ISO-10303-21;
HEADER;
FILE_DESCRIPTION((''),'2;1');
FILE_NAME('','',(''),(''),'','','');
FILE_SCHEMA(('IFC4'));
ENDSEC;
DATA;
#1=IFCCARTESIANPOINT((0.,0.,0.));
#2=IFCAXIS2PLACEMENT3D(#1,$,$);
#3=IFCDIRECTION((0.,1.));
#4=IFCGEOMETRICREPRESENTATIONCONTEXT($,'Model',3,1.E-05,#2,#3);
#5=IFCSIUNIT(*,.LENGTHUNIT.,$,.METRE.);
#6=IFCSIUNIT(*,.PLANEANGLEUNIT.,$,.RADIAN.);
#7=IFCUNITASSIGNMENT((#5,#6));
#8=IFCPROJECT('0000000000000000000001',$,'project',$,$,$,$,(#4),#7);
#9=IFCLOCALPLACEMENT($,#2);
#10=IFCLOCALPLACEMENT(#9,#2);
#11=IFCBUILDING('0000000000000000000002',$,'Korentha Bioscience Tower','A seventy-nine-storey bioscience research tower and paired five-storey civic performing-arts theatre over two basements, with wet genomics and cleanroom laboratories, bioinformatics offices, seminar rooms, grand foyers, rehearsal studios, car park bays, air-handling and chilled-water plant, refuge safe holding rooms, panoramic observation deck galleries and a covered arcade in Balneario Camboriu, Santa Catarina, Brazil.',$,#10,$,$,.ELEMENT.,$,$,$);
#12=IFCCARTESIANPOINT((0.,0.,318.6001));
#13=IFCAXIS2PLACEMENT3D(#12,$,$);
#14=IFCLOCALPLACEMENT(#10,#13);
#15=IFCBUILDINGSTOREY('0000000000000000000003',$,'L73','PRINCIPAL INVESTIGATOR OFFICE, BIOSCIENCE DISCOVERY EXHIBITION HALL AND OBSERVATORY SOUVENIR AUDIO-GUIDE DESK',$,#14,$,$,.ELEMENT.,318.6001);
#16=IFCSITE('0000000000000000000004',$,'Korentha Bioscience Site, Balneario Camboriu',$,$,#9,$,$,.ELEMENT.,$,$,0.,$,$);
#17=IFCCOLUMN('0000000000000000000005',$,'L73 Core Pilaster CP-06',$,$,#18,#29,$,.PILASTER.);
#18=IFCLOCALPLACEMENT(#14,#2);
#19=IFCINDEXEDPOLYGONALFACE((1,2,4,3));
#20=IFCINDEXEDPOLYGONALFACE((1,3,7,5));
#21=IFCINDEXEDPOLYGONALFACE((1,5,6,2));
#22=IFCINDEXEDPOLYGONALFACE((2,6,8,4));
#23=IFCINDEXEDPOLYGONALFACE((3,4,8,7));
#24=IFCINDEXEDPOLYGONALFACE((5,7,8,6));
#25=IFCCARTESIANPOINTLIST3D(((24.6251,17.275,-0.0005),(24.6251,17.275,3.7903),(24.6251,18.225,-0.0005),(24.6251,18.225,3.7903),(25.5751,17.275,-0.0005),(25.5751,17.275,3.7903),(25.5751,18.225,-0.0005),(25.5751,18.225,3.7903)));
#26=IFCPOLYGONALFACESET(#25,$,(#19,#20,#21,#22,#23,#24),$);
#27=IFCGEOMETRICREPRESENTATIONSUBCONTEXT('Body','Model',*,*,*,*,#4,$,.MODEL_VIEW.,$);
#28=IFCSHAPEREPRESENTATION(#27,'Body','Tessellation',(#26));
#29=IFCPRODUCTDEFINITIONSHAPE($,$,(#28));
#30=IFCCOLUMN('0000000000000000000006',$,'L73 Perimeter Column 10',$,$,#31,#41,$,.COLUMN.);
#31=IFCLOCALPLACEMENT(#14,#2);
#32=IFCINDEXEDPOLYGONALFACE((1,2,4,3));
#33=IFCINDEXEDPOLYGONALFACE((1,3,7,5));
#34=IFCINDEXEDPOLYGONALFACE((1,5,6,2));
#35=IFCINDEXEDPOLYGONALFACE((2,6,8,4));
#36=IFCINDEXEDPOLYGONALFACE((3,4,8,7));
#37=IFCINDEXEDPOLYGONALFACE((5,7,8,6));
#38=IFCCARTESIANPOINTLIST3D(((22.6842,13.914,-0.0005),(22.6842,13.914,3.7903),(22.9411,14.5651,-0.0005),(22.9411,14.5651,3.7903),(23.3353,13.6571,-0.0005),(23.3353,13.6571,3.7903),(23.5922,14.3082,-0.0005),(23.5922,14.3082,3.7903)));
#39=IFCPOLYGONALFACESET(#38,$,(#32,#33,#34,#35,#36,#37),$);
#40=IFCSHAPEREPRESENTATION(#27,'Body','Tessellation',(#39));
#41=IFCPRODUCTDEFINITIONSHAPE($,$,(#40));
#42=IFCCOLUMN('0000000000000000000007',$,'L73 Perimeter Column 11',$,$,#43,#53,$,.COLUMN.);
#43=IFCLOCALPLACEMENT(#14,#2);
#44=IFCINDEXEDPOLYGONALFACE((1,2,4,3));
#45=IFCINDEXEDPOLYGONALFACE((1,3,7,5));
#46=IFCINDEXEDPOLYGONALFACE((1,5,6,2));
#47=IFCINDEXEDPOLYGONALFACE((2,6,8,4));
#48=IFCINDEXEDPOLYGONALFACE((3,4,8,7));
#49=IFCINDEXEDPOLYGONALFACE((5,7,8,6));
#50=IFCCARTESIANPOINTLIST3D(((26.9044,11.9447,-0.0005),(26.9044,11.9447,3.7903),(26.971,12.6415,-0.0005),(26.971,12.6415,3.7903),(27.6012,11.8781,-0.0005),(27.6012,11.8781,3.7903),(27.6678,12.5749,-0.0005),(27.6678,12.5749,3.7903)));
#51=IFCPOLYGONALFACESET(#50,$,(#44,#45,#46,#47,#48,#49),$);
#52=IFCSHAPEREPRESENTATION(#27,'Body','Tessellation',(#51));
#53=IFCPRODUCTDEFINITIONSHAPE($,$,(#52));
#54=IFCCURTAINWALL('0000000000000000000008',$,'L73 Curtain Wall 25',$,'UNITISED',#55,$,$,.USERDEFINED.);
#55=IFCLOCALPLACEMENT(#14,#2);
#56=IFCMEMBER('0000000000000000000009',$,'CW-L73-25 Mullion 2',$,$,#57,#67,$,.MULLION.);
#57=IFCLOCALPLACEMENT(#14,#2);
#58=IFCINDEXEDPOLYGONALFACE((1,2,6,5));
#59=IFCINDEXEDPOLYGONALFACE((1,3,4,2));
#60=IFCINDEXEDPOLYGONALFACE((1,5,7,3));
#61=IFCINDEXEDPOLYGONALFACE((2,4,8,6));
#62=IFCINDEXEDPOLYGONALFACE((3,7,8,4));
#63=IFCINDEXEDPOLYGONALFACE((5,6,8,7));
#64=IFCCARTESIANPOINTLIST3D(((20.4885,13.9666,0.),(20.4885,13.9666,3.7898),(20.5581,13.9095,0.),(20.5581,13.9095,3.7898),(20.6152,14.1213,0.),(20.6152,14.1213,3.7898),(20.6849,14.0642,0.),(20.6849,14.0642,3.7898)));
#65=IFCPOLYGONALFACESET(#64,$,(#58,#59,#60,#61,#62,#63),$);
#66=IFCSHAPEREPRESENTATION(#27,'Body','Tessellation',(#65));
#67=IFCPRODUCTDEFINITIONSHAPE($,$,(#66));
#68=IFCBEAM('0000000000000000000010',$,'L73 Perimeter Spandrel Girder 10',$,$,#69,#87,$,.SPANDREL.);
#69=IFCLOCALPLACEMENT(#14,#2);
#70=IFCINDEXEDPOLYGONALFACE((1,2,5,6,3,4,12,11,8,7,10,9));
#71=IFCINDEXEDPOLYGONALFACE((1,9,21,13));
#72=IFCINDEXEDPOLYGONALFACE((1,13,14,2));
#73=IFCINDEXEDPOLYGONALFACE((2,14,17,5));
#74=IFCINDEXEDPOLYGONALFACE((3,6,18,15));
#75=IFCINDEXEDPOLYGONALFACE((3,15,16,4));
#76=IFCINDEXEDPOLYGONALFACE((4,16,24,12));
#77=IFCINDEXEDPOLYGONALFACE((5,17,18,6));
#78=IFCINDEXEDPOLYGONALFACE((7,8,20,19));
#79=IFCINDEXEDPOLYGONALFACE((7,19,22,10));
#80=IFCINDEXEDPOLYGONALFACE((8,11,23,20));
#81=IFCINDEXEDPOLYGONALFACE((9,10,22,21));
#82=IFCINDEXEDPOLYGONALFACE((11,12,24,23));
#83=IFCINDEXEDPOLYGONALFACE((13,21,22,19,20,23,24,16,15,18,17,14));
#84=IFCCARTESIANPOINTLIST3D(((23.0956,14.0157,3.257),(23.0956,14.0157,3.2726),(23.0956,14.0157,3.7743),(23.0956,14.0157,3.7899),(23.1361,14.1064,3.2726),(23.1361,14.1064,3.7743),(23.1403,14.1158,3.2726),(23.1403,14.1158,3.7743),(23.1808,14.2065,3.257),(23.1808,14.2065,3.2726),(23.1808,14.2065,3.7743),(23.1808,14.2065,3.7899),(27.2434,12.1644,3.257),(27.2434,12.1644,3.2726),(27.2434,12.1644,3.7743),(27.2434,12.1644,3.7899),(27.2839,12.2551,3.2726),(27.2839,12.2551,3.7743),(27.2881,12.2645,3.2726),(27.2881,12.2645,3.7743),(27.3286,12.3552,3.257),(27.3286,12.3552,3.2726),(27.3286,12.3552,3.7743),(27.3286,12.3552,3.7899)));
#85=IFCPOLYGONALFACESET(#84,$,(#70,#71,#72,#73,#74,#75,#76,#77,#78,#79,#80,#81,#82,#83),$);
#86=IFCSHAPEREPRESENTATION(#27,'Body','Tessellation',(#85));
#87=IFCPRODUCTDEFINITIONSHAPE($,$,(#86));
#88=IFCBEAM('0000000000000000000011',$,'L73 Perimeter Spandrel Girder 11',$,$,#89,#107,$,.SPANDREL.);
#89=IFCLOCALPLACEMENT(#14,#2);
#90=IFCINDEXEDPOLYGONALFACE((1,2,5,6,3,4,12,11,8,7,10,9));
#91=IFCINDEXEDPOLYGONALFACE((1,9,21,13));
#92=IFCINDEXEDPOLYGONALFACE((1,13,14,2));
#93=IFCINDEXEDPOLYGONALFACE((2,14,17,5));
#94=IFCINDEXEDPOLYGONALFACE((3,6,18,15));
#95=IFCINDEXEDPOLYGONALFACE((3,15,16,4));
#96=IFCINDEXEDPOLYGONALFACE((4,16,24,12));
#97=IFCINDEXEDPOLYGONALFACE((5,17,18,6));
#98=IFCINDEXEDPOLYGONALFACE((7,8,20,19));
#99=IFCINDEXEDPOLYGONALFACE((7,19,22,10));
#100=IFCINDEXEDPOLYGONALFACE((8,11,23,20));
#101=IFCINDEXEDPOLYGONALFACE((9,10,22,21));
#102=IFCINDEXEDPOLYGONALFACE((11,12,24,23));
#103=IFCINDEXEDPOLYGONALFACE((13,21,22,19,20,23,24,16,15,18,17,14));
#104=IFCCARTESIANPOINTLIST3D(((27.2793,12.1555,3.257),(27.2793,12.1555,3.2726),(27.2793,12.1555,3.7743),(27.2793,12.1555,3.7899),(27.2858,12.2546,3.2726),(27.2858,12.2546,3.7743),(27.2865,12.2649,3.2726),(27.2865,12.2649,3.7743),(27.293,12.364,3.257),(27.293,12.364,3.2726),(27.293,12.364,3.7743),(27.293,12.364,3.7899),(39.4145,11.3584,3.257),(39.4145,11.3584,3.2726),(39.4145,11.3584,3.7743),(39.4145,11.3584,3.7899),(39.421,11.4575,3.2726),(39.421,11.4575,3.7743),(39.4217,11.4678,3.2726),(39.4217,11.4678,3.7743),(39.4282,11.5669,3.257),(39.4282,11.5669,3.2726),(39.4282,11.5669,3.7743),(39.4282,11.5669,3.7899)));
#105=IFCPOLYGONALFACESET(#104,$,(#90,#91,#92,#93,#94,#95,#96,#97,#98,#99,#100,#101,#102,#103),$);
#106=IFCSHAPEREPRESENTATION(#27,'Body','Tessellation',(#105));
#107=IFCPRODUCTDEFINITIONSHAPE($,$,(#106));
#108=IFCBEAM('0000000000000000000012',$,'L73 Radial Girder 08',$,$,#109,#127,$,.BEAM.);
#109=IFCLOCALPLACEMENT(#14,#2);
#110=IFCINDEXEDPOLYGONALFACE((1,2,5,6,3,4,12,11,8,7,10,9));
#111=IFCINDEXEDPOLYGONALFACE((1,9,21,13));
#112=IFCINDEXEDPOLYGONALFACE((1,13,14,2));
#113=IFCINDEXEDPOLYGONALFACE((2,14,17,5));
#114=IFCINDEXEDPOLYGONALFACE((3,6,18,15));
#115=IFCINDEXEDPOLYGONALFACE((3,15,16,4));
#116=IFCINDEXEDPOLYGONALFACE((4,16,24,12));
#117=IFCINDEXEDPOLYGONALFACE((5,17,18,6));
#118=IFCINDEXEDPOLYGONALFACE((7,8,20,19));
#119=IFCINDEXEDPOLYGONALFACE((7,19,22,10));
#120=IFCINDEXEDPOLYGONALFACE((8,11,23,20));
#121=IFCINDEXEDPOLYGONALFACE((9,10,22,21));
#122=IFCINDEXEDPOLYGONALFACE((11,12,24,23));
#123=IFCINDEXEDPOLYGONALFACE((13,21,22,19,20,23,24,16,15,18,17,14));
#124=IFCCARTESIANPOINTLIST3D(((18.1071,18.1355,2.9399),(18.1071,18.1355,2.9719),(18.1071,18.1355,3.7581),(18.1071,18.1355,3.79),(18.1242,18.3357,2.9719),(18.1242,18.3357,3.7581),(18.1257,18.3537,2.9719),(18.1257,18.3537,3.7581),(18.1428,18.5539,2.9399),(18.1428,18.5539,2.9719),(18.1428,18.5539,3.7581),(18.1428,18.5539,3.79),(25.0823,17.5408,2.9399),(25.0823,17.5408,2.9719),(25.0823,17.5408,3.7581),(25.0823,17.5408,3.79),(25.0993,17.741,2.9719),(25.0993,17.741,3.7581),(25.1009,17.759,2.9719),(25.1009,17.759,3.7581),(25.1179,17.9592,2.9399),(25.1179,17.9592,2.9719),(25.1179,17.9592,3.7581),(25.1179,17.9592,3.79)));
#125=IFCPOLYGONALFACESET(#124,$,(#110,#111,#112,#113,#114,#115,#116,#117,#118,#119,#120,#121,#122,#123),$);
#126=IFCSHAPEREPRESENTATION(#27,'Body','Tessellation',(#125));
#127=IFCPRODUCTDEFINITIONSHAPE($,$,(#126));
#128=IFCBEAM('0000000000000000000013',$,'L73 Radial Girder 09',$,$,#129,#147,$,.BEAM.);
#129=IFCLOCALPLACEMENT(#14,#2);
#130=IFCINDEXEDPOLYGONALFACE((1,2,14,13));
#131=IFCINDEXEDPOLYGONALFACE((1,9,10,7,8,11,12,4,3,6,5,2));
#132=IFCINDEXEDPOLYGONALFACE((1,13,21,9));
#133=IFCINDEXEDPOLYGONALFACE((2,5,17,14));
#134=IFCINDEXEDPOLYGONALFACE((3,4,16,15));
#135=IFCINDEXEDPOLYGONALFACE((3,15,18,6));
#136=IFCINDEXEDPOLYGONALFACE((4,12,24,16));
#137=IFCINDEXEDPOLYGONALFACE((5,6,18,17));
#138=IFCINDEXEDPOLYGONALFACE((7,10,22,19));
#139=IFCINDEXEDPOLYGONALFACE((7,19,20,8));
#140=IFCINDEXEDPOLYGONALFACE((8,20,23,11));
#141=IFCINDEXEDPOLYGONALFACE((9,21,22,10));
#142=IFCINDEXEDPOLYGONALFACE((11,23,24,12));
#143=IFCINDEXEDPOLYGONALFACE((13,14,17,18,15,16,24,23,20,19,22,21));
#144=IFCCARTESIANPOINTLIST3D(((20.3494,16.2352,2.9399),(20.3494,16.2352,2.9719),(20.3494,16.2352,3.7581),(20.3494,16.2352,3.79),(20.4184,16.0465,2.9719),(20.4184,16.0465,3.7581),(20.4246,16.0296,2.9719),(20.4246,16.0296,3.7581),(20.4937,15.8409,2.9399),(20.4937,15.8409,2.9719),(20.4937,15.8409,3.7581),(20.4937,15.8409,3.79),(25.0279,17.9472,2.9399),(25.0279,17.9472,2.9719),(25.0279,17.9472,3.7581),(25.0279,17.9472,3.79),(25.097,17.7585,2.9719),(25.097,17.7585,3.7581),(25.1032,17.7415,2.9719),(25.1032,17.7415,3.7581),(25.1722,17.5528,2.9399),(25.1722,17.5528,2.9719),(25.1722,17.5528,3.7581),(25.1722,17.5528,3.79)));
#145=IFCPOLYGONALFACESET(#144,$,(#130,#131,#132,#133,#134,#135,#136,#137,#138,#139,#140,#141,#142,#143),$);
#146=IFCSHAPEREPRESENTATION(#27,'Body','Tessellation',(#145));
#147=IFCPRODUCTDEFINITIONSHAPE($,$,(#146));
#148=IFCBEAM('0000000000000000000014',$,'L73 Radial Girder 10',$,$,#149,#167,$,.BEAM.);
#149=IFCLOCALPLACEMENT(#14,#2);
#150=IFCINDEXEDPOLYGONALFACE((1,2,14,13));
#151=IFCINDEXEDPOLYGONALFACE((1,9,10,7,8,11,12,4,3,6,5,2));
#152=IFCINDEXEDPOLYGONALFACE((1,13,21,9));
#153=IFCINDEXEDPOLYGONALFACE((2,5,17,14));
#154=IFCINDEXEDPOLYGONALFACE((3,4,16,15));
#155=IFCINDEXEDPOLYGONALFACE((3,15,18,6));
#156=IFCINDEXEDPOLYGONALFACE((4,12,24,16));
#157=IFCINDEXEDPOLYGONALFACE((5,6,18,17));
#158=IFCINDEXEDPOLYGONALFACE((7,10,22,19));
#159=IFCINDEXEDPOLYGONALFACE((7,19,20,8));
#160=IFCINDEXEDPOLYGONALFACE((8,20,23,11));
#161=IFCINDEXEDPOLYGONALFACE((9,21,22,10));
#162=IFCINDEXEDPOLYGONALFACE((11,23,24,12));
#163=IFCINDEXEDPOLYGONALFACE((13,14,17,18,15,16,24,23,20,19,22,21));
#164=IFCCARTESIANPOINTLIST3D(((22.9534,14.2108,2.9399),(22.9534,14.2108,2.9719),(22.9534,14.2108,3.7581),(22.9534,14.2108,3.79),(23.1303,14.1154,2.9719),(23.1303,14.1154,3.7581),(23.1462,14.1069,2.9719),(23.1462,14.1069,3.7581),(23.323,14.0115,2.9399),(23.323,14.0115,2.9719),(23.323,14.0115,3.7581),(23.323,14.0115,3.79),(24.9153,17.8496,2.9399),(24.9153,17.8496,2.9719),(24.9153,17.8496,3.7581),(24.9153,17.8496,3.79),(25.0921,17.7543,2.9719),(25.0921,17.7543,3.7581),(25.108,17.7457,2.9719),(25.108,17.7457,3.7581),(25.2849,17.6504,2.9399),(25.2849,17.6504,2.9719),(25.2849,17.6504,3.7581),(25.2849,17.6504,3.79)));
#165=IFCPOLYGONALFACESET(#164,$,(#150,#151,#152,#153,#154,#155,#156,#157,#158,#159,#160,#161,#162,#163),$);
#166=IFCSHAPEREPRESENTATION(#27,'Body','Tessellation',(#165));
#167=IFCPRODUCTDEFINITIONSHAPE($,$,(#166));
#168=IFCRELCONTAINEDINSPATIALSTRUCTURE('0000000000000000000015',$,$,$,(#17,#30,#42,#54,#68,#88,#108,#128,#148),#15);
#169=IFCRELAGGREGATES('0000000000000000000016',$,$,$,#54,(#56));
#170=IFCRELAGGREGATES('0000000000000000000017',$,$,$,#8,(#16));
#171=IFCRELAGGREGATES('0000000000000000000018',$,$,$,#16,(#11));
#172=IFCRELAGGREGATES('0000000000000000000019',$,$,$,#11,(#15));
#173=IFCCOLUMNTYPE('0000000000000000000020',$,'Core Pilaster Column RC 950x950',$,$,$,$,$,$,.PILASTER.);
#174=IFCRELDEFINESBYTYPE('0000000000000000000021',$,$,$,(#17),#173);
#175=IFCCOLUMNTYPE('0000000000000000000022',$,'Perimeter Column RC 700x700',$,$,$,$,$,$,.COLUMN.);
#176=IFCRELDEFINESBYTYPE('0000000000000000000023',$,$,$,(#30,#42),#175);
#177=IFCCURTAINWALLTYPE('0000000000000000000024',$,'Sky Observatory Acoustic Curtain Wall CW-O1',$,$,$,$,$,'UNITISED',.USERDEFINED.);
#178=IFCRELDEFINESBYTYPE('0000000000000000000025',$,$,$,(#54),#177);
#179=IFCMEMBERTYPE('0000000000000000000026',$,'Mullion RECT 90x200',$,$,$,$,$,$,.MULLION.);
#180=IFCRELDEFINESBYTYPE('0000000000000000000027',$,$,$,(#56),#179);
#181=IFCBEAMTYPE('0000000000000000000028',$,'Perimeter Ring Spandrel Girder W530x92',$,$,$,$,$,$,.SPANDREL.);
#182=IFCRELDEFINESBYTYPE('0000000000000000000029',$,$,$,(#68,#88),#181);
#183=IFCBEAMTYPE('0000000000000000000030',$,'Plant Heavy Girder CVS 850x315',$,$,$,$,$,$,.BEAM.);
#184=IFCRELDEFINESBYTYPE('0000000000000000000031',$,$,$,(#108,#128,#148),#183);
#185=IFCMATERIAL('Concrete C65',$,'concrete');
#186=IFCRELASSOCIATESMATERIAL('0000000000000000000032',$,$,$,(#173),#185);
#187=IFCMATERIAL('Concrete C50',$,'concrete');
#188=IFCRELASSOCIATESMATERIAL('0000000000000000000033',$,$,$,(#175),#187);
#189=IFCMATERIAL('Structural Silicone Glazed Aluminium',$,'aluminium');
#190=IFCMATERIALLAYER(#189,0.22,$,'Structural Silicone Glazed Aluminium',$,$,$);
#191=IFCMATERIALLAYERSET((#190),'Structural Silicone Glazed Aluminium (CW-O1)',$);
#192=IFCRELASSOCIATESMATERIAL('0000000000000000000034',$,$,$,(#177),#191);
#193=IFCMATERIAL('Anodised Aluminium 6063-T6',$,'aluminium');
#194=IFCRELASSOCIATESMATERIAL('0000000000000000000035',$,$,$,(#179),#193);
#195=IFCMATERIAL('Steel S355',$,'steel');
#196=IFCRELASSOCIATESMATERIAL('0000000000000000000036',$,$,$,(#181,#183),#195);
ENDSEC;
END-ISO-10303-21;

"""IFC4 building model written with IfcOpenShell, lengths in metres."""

from ifc_helpers import new_model, si_unit, direction, frame, origin, origin_2d, place, context, subcontext, project, spatial, rectangle, i_section, extrude, material, layer, layer_set, material_profile, profile_set, type_object, element, aggregate, save


model = new_model("IFC4")

# Units and contexts
model_context = context("Model", 3, precision=1e-05, world=origin(), true_north=direction((0.0, 1.0)))
body_context = subcontext(model_context, "Body", "Model", "MODEL_VIEW")
ifc_project = project(units=[si_unit("LENGTHUNIT", "METRE"), si_unit("PLANEANGLEUNIT", "RADIAN")], contexts=[model_context])

# Site, building, storey
site_placement = place(None, origin())
site = spatial("IfcSite", under=ifc_project, at=site_placement, Name="Korentha Bioscience Site, Balneario Camboriu", CompositionType="ELEMENT", RefElevation=0.0)
building_placement = place(site_placement, origin())
building = spatial("IfcBuilding", under=site, at=building_placement, Name="Korentha Bioscience Tower", Description="A seventy-nine-storey bioscience research tower and paired five-storey civic performing-arts theatre over two basements, with wet genomics and cleanroom laboratories, bioinformatics offices, seminar rooms, grand foyers, rehearsal studios, car park bays, air-handling and chilled-water plant, refuge safe holding rooms, panoramic observation deck galleries and a covered arcade in Balneario Camboriu, Santa Catarina, Brazil.", CompositionType="ELEMENT")
storey_placement = place(building_placement, frame((0.0, 0.0, 318.6001)))
storey = spatial("IfcBuildingStorey", under=building, at=storey_placement, Name="L73", Description="PRINCIPAL INVESTIGATOR OFFICE, BIOSCIENCE DISCOVERY EXHIBITION HALL AND OBSERVATORY SOUVENIR AUDIO-GUIDE DESK", CompositionType="ELEMENT", Elevation=318.6001)

# Columns
ifc_material_1 = material(Name="Concrete C65", Category="concrete")
ifc_material_profile_1 = material_profile(ifc_material_1, rectangle(XDim=0.95, YDim=0.95, at=origin_2d()), Name="Concrete C65")
ifc_profile_set_1 = profile_set([ifc_material_profile_1], Name="Concrete C65 (COL-CP09)")
column_type_1 = type_object("IfcColumnType", Name="Core Pilaster Column RC 950x950", PredefinedType="PILASTER", material=ifc_profile_set_1)
column_placement = place(storey_placement, frame((25.1001, 17.75, -0.0005), z_axis=(0.0, 0.0, 1.0), x_axis=(1.0, 0.0, 0.0)))
element("IfcColumn", 1, at=column_placement, inside=storey, type_object=column_type_1, Name="L73 Core Pilaster CP-06", PredefinedType="PILASTER", context=body_context, shape_type="SweptSolid", body=[
    extrude(rectangle(XDim=0.95, YDim=0.95, at=origin_2d()), origin(), (0.0, 0.0, 1.0), 3.7908),
])
ifc_material_2 = material(Name="Concrete C50", Category="concrete")
ifc_material_profile_2 = material_profile(ifc_material_2, rectangle(XDim=0.7, YDim=0.7, at=origin_2d()), Name="Concrete C50")
ifc_profile_set_2 = profile_set([ifc_material_profile_2], Name="Concrete C50 (COL-P07)")
column_type_2 = type_object("IfcColumnType", Name="Perimeter Column RC 700x700", PredefinedType="COLUMN", material=ifc_profile_set_2)
for number, where, z_axis, x_axis, name in (
    (2, (23.1382, 14.1111, -0.0005), (0.0, 0.0, 1.0), (-0.930226, 0.366988, 0.0), "L73 Perimeter Column 10"),
    (3, (27.2861, 12.2598, -0.0005), (0.0, 0.0, 1.0), (-0.995463, 0.095151, 0.0), "L73 Perimeter Column 11"),
):
    element("IfcColumn", number, at=place(storey_placement, frame(where, z_axis=z_axis, x_axis=x_axis)), inside=storey, type_object=column_type_2, Name=name, PredefinedType="COLUMN", context=body_context, shape_type="SweptSolid", body=[
        extrude(rectangle(XDim=0.7, YDim=0.7, at=origin_2d()), origin(), (0.0, 0.0, 1.0), 3.7908),
    ])

# Curtain wall, member
ifc_material_3 = material(Name="Structural Silicone Glazed Aluminium", Category="aluminium")
ifc_layer_1 = layer(ifc_material_3, 0.22, Name="Structural Silicone Glazed Aluminium")
ifc_layer_set_1 = layer_set([ifc_layer_1], Name="Structural Silicone Glazed Aluminium (CW-O1)")
curtain_wall_type = type_object("IfcCurtainWallType", Name="Sky Observatory Acoustic Curtain Wall CW-O1", ElementType="UNITISED", PredefinedType="USERDEFINED", material=ifc_layer_set_1)
curtain_wall_placement = place(storey_placement, origin())
curtain_wall = element("IfcCurtainWall", 4, at=curtain_wall_placement, inside=storey, type_object=curtain_wall_type, Name="L73 Curtain Wall 25", ObjectType="UNITISED", PredefinedType="USERDEFINED")
ifc_material_4 = material(Name="Anodised Aluminium 6063-T6", Category="aluminium")
ifc_material_profile_3 = material_profile(ifc_material_4, rectangle(XDim=0.0901, YDim=0.2, at=origin_2d()), Name="Anodised Aluminium 6063-T6")
ifc_profile_set_3 = profile_set([ifc_material_profile_3], Name="Anodised Aluminium 6063-T6 (CW-MUL)")
member_type = type_object("IfcMemberType", Name="Mullion RECT 90x200", PredefinedType="MULLION", material=ifc_profile_set_3)
member_placement = place(storey_placement, frame((20.5867, 14.0154, 0.0), z_axis=(0.0, 0.0, 1.0), x_axis=(0.773456, -0.63385, 0.0)))
member = element("IfcMember", 5, at=member_placement, type_object=member_type, Name="CW-L73-25 Mullion 2", PredefinedType="MULLION", context=body_context, shape_type="SweptSolid", body=[
    extrude(rectangle(XDim=0.0901, YDim=0.2, at=origin_2d()), origin(), (0.0, 0.0, 1.0), 3.7898),
])
aggregate(curtain_wall, [member])

# Beams
ifc_material_5 = material(Name="Steel S355", Category="steel")
ifc_material_profile_4 = material_profile(ifc_material_5, i_section(OverallWidth=0.209, OverallDepth=0.533, WebThickness=0.0103, FlangeThickness=0.0156, at=origin_2d()), Name="Steel S355")
ifc_profile_set_4 = profile_set([ifc_material_profile_4], Name="Steel S355 (SB-530)")
beam_type_1 = type_object("IfcBeamType", Name="Perimeter Ring Spandrel Girder W530x92", PredefinedType="SPANDREL", material=ifc_profile_set_4)
beam_1_placement = place(storey_placement, frame((23.1382, 14.1111, 3.5234), z_axis=(0.913174, -0.407569, 0.0), x_axis=(0.407569, 0.913174, 0.0)))
element("IfcBeam", 6, at=beam_1_placement, inside=storey, type_object=beam_type_1, Name="L73 Perimeter Spandrel Girder 10", PredefinedType="SPANDREL", context=body_context, shape_type="SweptSolid", body=[
    extrude(i_section(OverallWidth=0.209, OverallDepth=0.533, WebThickness=0.0103, FlangeThickness=0.0156, at=origin_2d()), origin(), (0.0, 0.0, 1.0), 4.5422),
])
beam_2_placement = place(storey_placement, frame((27.2861, 12.2598, 3.5234), z_axis=(0.99785, -0.065545, 0.0), x_axis=(0.065545, 0.99785, 0.0)))
element("IfcBeam", 7, at=beam_2_placement, inside=storey, type_object=beam_type_1, Name="L73 Perimeter Spandrel Girder 11", PredefinedType="SPANDREL", context=body_context, shape_type="SweptSolid", body=[
    extrude(i_section(OverallWidth=0.209, OverallDepth=0.533, WebThickness=0.0103, FlangeThickness=0.0156, at=origin_2d()), origin(), (0.0, 0.0, 1.0), 12.1614),
])
ifc_material_profile_5 = material_profile(ifc_material_5, i_section(OverallWidth=0.4199, OverallDepth=0.8501, WebThickness=0.0181, FlangeThickness=0.032, at=origin_2d()), Name="Steel S355")
ifc_profile_set_5 = profile_set([ifc_material_profile_5], Name="Steel S355 (MB-850)")
beam_type_2 = type_object("IfcBeamType", Name="Plant Heavy Girder CVS 850x315", PredefinedType="BEAM", material=ifc_profile_set_5)
beam_3_placement = place(storey_placement, frame((25.1001, 17.75, 3.365), z_axis=(-0.996385, 0.084956, 0.0), x_axis=(-0.084956, -0.996385, 0.0)))
element("IfcBeam", 8, at=beam_3_placement, inside=storey, type_object=beam_type_2, Name="L73 Radial Girder 08", PredefinedType="BEAM", context=body_context, shape_type="SweptSolid", body=[
    extrude(i_section(OverallWidth=0.4199, OverallDepth=0.8501, WebThickness=0.0181, FlangeThickness=0.032, at=origin_2d()), origin(), (0.0, 0.0, 1.0), 7.0005),
])
beam_4_placement = place(storey_placement, frame((25.1001, 17.75, 3.365), z_axis=(-0.939105, -0.343631, 0.0), x_axis=(0.343631, -0.939105, 0.0)))
element("IfcBeam", 9, at=beam_4_placement, inside=storey, type_object=beam_type_2, Name="L73 Radial Girder 09", PredefinedType="BEAM", context=body_context, shape_type="SweptSolid", body=[
    extrude(i_section(OverallWidth=0.4199, OverallDepth=0.8501, WebThickness=0.0181, FlangeThickness=0.032, at=origin_2d()), origin(), (0.0, 0.0, 1.0), 4.9819),
])
beam_5_placement = place(storey_placement, frame((25.1001, 17.75, 3.365), z_axis=(-0.474568, -0.880219, 0.0), x_axis=(0.880219, -0.474568, 0.0)))
element("IfcBeam", 10, at=beam_5_placement, inside=storey, type_object=beam_type_2, Name="L73 Radial Girder 10", PredefinedType="BEAM", context=body_context, shape_type="SweptSolid", body=[
    extrude(i_section(OverallWidth=0.4199, OverallDepth=0.8501, WebThickness=0.0181, FlangeThickness=0.032, at=origin_2d()), origin(), (0.0, 0.0, 1.0), 4.134),
])

save(model, "model.ifc")
